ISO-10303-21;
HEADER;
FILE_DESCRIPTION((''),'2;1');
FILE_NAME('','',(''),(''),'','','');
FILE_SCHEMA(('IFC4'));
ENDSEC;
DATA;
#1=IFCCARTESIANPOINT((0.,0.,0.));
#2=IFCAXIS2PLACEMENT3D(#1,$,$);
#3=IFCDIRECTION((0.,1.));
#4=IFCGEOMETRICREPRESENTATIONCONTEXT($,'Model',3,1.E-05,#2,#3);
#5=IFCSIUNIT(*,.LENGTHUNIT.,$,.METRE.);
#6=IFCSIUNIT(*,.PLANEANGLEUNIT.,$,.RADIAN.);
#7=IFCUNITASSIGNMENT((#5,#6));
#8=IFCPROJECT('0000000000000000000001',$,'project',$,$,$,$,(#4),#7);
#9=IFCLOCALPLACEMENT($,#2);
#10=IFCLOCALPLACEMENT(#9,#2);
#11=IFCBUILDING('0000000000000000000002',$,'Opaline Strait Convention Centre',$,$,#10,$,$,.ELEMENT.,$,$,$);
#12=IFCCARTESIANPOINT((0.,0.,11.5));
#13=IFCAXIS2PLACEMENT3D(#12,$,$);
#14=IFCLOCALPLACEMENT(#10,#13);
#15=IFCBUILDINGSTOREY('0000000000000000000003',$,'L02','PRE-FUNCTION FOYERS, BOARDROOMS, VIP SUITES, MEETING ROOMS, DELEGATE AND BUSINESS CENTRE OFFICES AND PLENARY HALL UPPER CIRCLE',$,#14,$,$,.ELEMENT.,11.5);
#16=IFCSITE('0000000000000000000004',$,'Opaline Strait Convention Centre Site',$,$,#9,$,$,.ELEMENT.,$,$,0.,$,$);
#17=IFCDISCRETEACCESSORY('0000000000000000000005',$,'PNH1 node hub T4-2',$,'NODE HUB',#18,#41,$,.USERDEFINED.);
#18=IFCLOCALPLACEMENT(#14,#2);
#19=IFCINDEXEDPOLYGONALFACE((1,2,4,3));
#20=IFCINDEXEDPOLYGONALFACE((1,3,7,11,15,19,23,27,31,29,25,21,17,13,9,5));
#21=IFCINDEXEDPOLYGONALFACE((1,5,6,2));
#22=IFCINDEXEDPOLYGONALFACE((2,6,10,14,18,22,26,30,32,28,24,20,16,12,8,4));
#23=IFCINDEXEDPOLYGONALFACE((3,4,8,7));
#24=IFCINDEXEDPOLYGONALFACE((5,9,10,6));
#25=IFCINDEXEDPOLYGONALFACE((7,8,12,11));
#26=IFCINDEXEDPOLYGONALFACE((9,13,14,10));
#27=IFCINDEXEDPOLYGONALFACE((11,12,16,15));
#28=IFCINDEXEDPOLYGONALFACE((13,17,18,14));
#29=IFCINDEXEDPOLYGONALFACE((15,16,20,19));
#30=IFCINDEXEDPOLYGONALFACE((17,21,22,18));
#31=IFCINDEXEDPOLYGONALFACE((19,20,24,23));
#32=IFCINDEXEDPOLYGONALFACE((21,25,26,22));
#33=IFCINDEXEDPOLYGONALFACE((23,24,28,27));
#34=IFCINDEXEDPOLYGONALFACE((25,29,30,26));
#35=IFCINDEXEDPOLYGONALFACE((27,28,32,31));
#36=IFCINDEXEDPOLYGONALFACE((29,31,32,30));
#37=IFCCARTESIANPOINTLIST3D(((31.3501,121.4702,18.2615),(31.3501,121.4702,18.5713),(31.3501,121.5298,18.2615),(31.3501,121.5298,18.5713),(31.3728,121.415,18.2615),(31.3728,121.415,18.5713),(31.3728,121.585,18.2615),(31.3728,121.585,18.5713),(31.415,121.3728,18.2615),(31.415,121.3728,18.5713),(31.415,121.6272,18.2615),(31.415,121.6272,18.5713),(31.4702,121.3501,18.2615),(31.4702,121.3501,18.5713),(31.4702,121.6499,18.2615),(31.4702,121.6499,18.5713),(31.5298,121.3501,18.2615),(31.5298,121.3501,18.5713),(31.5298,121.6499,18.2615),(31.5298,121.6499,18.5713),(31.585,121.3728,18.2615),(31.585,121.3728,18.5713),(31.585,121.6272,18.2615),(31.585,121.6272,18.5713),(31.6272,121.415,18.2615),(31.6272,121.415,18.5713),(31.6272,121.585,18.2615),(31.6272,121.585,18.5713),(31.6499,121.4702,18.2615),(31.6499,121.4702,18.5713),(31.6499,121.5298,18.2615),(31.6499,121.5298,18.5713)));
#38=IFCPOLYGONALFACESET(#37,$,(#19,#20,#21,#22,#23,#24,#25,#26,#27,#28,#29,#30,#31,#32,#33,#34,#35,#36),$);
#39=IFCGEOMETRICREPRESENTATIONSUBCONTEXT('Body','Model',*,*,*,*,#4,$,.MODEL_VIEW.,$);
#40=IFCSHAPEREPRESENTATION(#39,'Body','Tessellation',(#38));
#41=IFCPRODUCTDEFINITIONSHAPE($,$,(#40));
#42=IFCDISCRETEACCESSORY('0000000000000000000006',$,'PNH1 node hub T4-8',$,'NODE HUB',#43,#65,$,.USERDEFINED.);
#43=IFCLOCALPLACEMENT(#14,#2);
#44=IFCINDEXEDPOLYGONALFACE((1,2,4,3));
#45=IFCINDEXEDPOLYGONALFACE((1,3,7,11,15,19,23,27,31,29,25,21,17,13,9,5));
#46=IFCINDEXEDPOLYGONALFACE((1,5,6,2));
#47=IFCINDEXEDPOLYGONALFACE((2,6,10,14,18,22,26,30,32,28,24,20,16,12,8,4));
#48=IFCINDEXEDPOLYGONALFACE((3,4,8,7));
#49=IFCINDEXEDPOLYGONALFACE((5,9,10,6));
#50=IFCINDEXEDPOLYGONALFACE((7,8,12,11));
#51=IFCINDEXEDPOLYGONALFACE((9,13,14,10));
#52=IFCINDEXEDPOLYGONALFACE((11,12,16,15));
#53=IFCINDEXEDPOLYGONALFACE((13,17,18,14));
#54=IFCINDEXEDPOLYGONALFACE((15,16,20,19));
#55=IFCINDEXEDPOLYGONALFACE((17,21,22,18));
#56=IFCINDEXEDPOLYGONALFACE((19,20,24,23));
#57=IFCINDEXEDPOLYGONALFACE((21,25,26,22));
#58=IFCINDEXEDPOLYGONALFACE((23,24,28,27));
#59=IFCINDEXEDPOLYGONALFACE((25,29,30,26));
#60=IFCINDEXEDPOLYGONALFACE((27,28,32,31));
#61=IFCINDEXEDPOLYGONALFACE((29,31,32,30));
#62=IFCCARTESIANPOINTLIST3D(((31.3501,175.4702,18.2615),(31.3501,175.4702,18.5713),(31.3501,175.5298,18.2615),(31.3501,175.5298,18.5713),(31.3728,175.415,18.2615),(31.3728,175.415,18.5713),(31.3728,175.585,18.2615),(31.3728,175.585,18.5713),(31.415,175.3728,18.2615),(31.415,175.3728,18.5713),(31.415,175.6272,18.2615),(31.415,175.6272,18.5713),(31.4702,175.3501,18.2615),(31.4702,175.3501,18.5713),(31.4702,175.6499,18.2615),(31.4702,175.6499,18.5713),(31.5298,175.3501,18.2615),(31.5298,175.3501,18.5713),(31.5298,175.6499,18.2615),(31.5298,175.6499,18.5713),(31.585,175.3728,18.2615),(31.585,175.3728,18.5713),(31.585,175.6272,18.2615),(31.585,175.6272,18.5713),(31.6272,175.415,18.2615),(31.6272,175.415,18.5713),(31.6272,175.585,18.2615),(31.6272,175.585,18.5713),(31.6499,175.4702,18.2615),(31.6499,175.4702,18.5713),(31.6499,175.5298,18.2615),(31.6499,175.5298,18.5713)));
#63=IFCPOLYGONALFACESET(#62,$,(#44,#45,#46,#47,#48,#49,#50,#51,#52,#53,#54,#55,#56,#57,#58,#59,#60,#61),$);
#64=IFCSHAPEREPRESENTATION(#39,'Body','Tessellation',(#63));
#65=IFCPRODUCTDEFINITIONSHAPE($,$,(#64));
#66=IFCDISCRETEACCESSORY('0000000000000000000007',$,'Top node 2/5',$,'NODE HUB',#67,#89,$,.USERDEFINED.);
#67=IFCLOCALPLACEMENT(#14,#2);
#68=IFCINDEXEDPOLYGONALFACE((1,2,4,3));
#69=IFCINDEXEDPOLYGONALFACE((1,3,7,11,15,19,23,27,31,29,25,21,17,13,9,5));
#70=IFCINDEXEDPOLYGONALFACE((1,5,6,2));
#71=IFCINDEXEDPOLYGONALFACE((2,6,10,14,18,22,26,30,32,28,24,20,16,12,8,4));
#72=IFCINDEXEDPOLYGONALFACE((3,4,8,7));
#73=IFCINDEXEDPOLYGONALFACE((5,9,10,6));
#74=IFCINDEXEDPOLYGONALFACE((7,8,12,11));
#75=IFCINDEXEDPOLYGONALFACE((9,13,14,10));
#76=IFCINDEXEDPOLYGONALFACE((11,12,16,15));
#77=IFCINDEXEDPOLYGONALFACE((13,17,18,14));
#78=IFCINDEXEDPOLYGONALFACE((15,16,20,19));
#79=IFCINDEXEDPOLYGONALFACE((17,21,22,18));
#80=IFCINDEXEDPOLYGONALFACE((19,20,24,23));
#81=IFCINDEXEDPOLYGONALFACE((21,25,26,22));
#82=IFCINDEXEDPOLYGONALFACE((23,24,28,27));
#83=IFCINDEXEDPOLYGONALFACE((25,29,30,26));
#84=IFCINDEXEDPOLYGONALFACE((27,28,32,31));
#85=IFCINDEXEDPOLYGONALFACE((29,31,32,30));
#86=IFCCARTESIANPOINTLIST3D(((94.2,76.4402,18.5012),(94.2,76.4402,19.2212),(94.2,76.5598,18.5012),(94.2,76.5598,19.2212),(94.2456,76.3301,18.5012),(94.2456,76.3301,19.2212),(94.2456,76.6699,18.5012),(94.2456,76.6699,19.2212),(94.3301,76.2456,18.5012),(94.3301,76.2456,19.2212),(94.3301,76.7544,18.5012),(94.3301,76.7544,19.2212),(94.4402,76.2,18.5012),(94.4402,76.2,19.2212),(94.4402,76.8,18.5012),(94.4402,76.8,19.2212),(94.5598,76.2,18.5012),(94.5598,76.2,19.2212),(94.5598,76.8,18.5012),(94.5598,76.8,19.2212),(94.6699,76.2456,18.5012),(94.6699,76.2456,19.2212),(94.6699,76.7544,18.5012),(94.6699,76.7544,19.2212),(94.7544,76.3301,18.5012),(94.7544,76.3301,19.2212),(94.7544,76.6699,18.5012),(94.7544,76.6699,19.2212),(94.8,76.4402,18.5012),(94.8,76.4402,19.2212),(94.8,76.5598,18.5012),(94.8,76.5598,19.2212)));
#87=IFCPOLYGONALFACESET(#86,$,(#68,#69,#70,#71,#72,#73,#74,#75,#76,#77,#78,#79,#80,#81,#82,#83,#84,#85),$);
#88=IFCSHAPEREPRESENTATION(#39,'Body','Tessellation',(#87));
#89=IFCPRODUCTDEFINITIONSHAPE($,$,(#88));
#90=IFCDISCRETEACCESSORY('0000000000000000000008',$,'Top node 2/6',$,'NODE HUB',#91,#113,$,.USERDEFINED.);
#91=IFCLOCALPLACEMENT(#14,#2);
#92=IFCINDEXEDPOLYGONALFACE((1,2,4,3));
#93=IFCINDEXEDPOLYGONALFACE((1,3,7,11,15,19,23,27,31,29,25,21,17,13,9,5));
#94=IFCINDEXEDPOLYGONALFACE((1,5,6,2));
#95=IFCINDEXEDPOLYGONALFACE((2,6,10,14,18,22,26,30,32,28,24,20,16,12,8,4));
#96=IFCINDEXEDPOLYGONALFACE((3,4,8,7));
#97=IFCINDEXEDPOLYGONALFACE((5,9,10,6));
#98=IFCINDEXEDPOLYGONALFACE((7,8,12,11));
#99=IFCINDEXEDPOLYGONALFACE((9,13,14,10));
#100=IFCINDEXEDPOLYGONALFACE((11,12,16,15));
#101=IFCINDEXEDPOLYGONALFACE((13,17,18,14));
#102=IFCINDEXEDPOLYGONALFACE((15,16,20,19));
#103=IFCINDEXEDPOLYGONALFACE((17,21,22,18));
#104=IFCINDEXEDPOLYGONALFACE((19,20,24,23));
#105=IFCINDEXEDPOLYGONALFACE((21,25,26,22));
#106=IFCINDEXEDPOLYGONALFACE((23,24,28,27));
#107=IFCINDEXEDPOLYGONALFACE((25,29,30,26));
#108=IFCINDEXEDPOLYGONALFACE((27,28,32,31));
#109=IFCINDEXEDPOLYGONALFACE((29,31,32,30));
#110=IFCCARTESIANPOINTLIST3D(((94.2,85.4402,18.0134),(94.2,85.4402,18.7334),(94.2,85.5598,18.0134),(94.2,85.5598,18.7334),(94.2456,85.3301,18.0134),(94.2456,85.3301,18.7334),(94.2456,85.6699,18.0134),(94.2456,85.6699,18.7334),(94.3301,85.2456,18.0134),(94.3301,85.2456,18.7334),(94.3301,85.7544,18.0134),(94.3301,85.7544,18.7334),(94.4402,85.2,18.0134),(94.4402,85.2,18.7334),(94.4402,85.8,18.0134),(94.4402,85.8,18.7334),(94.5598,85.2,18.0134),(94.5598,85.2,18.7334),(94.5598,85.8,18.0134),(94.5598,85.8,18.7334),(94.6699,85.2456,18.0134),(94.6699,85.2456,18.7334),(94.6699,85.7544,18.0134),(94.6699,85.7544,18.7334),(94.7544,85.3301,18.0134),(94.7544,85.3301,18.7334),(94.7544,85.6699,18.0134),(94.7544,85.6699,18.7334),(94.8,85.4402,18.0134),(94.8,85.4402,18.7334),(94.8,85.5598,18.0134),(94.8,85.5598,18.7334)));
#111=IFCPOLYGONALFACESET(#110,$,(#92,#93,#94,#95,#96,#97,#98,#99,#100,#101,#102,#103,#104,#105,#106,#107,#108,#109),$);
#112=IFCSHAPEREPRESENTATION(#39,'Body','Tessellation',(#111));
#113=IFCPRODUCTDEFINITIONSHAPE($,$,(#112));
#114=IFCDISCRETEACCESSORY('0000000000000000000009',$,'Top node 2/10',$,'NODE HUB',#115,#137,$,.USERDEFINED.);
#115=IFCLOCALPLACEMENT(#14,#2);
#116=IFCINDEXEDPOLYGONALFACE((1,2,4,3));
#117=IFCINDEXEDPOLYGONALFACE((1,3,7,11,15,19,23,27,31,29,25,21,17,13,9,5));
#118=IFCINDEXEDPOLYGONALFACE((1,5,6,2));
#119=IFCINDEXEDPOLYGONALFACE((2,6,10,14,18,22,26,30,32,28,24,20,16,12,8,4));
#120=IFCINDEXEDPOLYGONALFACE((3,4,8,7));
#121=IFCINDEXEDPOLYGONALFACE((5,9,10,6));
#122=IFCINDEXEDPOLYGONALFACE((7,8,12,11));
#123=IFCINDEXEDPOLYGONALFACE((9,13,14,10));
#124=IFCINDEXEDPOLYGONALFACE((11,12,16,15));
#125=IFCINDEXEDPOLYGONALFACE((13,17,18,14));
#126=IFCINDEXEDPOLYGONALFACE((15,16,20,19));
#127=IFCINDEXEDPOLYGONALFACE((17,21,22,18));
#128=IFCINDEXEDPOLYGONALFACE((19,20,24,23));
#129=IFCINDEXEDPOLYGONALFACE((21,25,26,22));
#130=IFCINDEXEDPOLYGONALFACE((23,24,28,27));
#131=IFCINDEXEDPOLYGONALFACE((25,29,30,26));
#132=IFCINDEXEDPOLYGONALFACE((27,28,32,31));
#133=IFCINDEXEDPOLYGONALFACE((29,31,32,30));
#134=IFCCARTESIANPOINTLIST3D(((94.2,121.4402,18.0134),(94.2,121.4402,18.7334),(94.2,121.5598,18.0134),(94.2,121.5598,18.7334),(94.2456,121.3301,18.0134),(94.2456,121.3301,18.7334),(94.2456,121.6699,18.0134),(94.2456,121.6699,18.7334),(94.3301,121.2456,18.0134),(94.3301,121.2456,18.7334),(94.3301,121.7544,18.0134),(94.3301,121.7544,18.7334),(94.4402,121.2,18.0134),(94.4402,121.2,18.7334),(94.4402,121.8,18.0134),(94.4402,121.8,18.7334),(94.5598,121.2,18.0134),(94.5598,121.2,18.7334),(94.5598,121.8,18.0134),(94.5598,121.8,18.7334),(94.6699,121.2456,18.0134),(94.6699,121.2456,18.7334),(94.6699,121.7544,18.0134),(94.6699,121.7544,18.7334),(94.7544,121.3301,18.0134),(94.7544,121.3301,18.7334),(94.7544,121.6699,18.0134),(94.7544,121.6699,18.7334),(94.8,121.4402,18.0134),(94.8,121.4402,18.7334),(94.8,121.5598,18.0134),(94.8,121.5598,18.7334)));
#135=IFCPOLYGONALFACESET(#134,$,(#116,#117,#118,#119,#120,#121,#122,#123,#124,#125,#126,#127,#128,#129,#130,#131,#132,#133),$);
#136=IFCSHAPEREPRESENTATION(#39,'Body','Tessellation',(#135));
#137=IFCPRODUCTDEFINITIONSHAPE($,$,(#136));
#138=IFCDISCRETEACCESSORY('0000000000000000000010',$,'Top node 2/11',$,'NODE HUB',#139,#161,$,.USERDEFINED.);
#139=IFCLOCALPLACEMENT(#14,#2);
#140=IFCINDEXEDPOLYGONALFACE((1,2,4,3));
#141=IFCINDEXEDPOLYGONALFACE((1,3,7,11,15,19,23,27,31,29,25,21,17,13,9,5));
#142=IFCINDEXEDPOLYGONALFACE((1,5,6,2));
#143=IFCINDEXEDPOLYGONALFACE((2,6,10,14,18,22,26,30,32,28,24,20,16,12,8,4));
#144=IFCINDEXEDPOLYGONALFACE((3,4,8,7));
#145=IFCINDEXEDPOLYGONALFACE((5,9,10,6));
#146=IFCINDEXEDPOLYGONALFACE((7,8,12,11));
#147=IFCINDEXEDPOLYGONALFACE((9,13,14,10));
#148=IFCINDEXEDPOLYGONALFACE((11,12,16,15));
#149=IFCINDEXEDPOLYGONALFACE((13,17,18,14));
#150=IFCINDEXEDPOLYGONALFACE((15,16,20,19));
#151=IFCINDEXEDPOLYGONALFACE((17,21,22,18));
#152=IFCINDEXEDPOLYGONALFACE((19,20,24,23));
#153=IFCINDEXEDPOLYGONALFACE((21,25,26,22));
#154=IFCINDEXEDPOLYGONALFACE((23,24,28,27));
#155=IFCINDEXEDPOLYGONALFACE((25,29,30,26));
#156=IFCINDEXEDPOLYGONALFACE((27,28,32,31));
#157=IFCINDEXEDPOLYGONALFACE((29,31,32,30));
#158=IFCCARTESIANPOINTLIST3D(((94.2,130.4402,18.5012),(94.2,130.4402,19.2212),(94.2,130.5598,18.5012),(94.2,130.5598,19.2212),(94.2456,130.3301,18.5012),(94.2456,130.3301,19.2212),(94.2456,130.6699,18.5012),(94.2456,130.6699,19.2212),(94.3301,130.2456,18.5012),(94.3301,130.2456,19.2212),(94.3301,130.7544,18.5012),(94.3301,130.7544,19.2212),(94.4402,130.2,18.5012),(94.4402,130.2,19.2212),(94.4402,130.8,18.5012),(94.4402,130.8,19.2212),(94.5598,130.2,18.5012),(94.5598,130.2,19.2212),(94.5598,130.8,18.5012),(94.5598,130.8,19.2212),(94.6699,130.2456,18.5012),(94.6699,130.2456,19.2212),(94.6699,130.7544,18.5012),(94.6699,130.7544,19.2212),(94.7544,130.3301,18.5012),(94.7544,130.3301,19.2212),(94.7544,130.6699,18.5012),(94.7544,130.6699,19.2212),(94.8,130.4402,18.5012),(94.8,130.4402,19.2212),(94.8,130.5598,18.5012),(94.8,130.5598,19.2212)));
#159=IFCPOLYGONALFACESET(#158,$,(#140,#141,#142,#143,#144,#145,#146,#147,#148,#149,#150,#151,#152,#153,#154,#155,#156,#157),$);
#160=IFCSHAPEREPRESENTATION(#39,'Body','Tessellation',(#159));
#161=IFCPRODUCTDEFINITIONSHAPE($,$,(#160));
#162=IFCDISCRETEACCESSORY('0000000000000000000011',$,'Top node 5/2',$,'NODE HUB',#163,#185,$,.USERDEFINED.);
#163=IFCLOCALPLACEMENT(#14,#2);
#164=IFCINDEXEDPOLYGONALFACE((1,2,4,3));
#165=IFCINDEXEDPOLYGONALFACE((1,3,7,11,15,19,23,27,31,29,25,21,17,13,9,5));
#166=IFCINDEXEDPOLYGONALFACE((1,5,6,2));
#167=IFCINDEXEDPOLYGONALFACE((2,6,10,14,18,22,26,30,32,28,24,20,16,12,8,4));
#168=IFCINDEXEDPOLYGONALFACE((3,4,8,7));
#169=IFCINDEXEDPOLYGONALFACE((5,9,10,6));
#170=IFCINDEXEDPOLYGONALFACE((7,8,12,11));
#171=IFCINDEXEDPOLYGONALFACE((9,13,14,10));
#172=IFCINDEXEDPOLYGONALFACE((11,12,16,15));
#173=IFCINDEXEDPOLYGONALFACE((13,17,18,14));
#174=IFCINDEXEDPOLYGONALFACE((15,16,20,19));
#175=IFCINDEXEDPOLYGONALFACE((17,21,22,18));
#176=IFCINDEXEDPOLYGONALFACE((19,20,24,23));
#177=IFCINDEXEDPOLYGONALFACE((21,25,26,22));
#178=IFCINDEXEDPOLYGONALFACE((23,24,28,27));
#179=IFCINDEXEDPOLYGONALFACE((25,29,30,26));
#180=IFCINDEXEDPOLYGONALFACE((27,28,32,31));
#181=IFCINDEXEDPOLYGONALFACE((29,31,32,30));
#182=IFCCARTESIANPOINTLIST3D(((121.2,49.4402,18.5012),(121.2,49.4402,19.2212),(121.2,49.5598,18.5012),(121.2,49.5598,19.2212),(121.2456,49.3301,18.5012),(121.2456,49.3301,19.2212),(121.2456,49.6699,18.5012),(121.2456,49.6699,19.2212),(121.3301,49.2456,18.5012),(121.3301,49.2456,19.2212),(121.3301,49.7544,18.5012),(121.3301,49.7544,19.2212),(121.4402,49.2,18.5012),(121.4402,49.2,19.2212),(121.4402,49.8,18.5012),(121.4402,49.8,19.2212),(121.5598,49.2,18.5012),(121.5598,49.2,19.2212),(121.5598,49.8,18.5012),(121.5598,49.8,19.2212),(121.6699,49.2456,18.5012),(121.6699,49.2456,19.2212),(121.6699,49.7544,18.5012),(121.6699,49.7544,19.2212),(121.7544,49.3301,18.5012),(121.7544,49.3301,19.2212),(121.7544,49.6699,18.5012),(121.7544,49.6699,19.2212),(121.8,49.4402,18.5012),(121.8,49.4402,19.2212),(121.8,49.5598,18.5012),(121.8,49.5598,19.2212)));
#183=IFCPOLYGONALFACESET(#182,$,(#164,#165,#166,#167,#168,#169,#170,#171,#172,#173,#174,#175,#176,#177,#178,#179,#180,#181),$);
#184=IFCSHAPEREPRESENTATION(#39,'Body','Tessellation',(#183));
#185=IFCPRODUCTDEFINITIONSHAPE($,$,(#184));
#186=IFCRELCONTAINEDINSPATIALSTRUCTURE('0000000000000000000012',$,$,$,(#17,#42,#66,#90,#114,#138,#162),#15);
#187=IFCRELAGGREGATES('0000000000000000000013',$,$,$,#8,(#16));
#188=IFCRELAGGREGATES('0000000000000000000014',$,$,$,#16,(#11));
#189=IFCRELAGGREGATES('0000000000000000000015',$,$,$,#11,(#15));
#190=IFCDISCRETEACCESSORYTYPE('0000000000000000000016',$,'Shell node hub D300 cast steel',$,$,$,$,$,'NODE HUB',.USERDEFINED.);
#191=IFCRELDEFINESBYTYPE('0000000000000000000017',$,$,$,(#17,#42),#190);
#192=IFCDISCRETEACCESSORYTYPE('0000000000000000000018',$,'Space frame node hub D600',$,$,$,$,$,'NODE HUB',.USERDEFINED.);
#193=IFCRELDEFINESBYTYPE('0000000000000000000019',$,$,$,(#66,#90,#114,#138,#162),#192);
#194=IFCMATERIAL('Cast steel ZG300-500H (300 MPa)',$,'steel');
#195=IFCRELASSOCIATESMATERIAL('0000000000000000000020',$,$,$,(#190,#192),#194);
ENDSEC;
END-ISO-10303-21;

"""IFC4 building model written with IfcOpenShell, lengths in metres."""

from ifc_helpers import new_model, si_unit, direction, frame, origin, place, context, subcontext, project, spatial, polyline, outline, extrude, material, type_object, element, save


model = new_model("IFC4")

# Units and contexts
model_context = context("Model", 3, precision=1e-05, world=origin(), true_north=direction((0.0, 1.0)))
body_context = subcontext(model_context, "Body", "Model", "MODEL_VIEW")
ifc_project = project(units=[si_unit("LENGTHUNIT", "METRE"), si_unit("PLANEANGLEUNIT", "RADIAN")], contexts=[model_context])

# Site, building, storey
site_placement = place(None, origin())
site = spatial("IfcSite", under=ifc_project, at=site_placement, Name="Opaline Strait Convention Centre Site", CompositionType="ELEMENT", RefElevation=0.0)
building_placement = place(site_placement, origin())
building = spatial("IfcBuilding", under=site, at=building_placement, Name="Opaline Strait Convention Centre", CompositionType="ELEMENT")
storey_placement = place(building_placement, frame((0.0, 0.0, 11.5)))
storey = spatial("IfcBuildingStorey", under=building, at=storey_placement, Name="L02", Description="PRE-FUNCTION FOYERS, BOARDROOMS, VIP SUITES, MEETING ROOMS, DELEGATE AND BUSINESS CENTRE OFFICES AND PLENARY HALL UPPER CIRCLE", CompositionType="ELEMENT", Elevation=11.5)

# Discrete accessories
ifc_material = material(Name="Cast steel ZG300-500H (300 MPa)", Category="steel")
discrete_accessory_type_1 = type_object("IfcDiscreteAccessoryType", Name="Shell node hub D300 cast steel", ElementType="NODE HUB", PredefinedType="USERDEFINED", material=ifc_material)
discrete_accessory_1_placement = place(storey_placement, frame((0.0, 0.0, 18.2615)))
element("IfcDiscreteAccessory", 1, at=discrete_accessory_1_placement, inside=storey, type_object=discrete_accessory_type_1, Name="PNH1 node hub T4-2", ObjectType="NODE HUB", PredefinedType="USERDEFINED", context=body_context, shape_type="SweptSolid", body=[
    extrude(outline(polyline([(31.6499, 121.5298), (31.6272, 121.585), (31.585, 121.6272), (31.5298, 121.6499), (31.4702, 121.6499), (31.415, 121.6272), (31.3728, 121.585), (31.3501, 121.5298), (31.3501, 121.4702), (31.3728, 121.415), (31.415, 121.3728), (31.4702, 121.3501), (31.5298, 121.3501), (31.585, 121.3728), (31.6272, 121.415), (31.6499, 121.4702), (31.6499, 121.5298)])), origin(), (0.0, 0.0, 1.0), 0.3098),
])
discrete_accessory_2_placement = place(storey_placement, frame((0.0, 0.0, 18.2615)))
element("IfcDiscreteAccessory", 2, at=discrete_accessory_2_placement, inside=storey, type_object=discrete_accessory_type_1, Name="PNH1 node hub T4-8", ObjectType="NODE HUB", PredefinedType="USERDEFINED", context=body_context, shape_type="SweptSolid", body=[
    extrude(outline(polyline([(31.6499, 175.5298), (31.6272, 175.585), (31.585, 175.6272), (31.5298, 175.6499), (31.4702, 175.6499), (31.415, 175.6272), (31.3728, 175.585), (31.3501, 175.5298), (31.3501, 175.4702), (31.3728, 175.415), (31.415, 175.3728), (31.4702, 175.3501), (31.5298, 175.3501), (31.585, 175.3728), (31.6272, 175.415), (31.6499, 175.4702), (31.6499, 175.5298)])), origin(), (0.0, 0.0, 1.0), 0.3098),
])
discrete_accessory_type_2 = type_object("IfcDiscreteAccessoryType", Name="Space frame node hub D600", ElementType="NODE HUB", PredefinedType="USERDEFINED", material=ifc_material)
discrete_accessory_3_placement = place(storey_placement, frame((0.0, 0.0, 18.5012)))
element("IfcDiscreteAccessory", 3, at=discrete_accessory_3_placement, inside=storey, type_object=discrete_accessory_type_2, Name="Top node 2/5", ObjectType="NODE HUB", PredefinedType="USERDEFINED", context=body_context, shape_type="SweptSolid", body=[
    extrude(outline(polyline([(94.8, 76.5598), (94.7544, 76.6699), (94.6699, 76.7544), (94.5598, 76.8), (94.4402, 76.8), (94.3301, 76.7544), (94.2456, 76.6699), (94.2, 76.5598), (94.2, 76.4402), (94.2456, 76.3301), (94.3301, 76.2456), (94.4402, 76.2), (94.5598, 76.2), (94.6699, 76.2456), (94.7544, 76.3301), (94.8, 76.4402), (94.8, 76.5598)])), origin(), (0.0, 0.0, 1.0), 0.72),
])
discrete_accessory_4_placement = place(storey_placement, frame((0.0, 0.0, 18.0134)))
element("IfcDiscreteAccessory", 4, at=discrete_accessory_4_placement, inside=storey, type_object=discrete_accessory_type_2, Name="Top node 2/6", ObjectType="NODE HUB", PredefinedType="USERDEFINED", context=body_context, shape_type="SweptSolid", body=[
    extrude(outline(polyline([(94.8, 85.5598), (94.7544, 85.6699), (94.6699, 85.7544), (94.5598, 85.8), (94.4402, 85.8), (94.3301, 85.7544), (94.2456, 85.6699), (94.2, 85.5598), (94.2, 85.4402), (94.2456, 85.3301), (94.3301, 85.2456), (94.4402, 85.2), (94.5598, 85.2), (94.6699, 85.2456), (94.7544, 85.3301), (94.8, 85.4402), (94.8, 85.5598)])), origin(), (0.0, 0.0, 1.0), 0.72),
])
discrete_accessory_5_placement = place(storey_placement, frame((0.0, 0.0, 18.0134)))
element("IfcDiscreteAccessory", 5, at=discrete_accessory_5_placement, inside=storey, type_object=discrete_accessory_type_2, Name="Top node 2/10", ObjectType="NODE HUB", PredefinedType="USERDEFINED", context=body_context, shape_type="SweptSolid", body=[
    extrude(outline(polyline([(94.8, 121.5598), (94.7544, 121.6699), (94.6699, 121.7544), (94.5598, 121.8), (94.4402, 121.8), (94.3301, 121.7544), (94.2456, 121.6699), (94.2, 121.5598), (94.2, 121.4402), (94.2456, 121.3301), (94.3301, 121.2456), (94.4402, 121.2), (94.5598, 121.2), (94.6699, 121.2456), (94.7544, 121.3301), (94.8, 121.4402), (94.8, 121.5598)])), origin(), (0.0, 0.0, 1.0), 0.72),
])
discrete_accessory_6_placement = place(storey_placement, frame((0.0, 0.0, 18.5012)))
element("IfcDiscreteAccessory", 6, at=discrete_accessory_6_placement, inside=storey, type_object=discrete_accessory_type_2, Name="Top node 2/11", ObjectType="NODE HUB", PredefinedType="USERDEFINED", context=body_context, shape_type="SweptSolid", body=[
    extrude(outline(polyline([(94.8, 130.5598), (94.7544, 130.6699), (94.6699, 130.7544), (94.5598, 130.8), (94.4402, 130.8), (94.3301, 130.7544), (94.2456, 130.6699), (94.2, 130.5598), (94.2, 130.4402), (94.2456, 130.3301), (94.3301, 130.2456), (94.4402, 130.2), (94.5598, 130.2), (94.6699, 130.2456), (94.7544, 130.3301), (94.8, 130.4402), (94.8, 130.5598)])), origin(), (0.0, 0.0, 1.0), 0.72),
])
discrete_accessory_7_placement = place(storey_placement, frame((0.0, 0.0, 18.5012)))
element("IfcDiscreteAccessory", 7, at=discrete_accessory_7_placement, inside=storey, type_object=discrete_accessory_type_2, Name="Top node 5/2", ObjectType="NODE HUB", PredefinedType="USERDEFINED", context=body_context, shape_type="SweptSolid", body=[
    extrude(outline(polyline([(121.8, 49.5598), (121.7544, 49.6699), (121.6699, 49.7544), (121.5598, 49.8), (121.4402, 49.8), (121.3301, 49.7544), (121.2456, 49.6699), (121.2, 49.5598), (121.2, 49.4402), (121.2456, 49.3301), (121.3301, 49.2456), (121.4402, 49.2), (121.5598, 49.2), (121.6699, 49.2456), (121.7544, 49.3301), (121.8, 49.4402), (121.8, 49.5598)])), origin(), (0.0, 0.0, 1.0), 0.72),
])

save(model, "model.ifc")
